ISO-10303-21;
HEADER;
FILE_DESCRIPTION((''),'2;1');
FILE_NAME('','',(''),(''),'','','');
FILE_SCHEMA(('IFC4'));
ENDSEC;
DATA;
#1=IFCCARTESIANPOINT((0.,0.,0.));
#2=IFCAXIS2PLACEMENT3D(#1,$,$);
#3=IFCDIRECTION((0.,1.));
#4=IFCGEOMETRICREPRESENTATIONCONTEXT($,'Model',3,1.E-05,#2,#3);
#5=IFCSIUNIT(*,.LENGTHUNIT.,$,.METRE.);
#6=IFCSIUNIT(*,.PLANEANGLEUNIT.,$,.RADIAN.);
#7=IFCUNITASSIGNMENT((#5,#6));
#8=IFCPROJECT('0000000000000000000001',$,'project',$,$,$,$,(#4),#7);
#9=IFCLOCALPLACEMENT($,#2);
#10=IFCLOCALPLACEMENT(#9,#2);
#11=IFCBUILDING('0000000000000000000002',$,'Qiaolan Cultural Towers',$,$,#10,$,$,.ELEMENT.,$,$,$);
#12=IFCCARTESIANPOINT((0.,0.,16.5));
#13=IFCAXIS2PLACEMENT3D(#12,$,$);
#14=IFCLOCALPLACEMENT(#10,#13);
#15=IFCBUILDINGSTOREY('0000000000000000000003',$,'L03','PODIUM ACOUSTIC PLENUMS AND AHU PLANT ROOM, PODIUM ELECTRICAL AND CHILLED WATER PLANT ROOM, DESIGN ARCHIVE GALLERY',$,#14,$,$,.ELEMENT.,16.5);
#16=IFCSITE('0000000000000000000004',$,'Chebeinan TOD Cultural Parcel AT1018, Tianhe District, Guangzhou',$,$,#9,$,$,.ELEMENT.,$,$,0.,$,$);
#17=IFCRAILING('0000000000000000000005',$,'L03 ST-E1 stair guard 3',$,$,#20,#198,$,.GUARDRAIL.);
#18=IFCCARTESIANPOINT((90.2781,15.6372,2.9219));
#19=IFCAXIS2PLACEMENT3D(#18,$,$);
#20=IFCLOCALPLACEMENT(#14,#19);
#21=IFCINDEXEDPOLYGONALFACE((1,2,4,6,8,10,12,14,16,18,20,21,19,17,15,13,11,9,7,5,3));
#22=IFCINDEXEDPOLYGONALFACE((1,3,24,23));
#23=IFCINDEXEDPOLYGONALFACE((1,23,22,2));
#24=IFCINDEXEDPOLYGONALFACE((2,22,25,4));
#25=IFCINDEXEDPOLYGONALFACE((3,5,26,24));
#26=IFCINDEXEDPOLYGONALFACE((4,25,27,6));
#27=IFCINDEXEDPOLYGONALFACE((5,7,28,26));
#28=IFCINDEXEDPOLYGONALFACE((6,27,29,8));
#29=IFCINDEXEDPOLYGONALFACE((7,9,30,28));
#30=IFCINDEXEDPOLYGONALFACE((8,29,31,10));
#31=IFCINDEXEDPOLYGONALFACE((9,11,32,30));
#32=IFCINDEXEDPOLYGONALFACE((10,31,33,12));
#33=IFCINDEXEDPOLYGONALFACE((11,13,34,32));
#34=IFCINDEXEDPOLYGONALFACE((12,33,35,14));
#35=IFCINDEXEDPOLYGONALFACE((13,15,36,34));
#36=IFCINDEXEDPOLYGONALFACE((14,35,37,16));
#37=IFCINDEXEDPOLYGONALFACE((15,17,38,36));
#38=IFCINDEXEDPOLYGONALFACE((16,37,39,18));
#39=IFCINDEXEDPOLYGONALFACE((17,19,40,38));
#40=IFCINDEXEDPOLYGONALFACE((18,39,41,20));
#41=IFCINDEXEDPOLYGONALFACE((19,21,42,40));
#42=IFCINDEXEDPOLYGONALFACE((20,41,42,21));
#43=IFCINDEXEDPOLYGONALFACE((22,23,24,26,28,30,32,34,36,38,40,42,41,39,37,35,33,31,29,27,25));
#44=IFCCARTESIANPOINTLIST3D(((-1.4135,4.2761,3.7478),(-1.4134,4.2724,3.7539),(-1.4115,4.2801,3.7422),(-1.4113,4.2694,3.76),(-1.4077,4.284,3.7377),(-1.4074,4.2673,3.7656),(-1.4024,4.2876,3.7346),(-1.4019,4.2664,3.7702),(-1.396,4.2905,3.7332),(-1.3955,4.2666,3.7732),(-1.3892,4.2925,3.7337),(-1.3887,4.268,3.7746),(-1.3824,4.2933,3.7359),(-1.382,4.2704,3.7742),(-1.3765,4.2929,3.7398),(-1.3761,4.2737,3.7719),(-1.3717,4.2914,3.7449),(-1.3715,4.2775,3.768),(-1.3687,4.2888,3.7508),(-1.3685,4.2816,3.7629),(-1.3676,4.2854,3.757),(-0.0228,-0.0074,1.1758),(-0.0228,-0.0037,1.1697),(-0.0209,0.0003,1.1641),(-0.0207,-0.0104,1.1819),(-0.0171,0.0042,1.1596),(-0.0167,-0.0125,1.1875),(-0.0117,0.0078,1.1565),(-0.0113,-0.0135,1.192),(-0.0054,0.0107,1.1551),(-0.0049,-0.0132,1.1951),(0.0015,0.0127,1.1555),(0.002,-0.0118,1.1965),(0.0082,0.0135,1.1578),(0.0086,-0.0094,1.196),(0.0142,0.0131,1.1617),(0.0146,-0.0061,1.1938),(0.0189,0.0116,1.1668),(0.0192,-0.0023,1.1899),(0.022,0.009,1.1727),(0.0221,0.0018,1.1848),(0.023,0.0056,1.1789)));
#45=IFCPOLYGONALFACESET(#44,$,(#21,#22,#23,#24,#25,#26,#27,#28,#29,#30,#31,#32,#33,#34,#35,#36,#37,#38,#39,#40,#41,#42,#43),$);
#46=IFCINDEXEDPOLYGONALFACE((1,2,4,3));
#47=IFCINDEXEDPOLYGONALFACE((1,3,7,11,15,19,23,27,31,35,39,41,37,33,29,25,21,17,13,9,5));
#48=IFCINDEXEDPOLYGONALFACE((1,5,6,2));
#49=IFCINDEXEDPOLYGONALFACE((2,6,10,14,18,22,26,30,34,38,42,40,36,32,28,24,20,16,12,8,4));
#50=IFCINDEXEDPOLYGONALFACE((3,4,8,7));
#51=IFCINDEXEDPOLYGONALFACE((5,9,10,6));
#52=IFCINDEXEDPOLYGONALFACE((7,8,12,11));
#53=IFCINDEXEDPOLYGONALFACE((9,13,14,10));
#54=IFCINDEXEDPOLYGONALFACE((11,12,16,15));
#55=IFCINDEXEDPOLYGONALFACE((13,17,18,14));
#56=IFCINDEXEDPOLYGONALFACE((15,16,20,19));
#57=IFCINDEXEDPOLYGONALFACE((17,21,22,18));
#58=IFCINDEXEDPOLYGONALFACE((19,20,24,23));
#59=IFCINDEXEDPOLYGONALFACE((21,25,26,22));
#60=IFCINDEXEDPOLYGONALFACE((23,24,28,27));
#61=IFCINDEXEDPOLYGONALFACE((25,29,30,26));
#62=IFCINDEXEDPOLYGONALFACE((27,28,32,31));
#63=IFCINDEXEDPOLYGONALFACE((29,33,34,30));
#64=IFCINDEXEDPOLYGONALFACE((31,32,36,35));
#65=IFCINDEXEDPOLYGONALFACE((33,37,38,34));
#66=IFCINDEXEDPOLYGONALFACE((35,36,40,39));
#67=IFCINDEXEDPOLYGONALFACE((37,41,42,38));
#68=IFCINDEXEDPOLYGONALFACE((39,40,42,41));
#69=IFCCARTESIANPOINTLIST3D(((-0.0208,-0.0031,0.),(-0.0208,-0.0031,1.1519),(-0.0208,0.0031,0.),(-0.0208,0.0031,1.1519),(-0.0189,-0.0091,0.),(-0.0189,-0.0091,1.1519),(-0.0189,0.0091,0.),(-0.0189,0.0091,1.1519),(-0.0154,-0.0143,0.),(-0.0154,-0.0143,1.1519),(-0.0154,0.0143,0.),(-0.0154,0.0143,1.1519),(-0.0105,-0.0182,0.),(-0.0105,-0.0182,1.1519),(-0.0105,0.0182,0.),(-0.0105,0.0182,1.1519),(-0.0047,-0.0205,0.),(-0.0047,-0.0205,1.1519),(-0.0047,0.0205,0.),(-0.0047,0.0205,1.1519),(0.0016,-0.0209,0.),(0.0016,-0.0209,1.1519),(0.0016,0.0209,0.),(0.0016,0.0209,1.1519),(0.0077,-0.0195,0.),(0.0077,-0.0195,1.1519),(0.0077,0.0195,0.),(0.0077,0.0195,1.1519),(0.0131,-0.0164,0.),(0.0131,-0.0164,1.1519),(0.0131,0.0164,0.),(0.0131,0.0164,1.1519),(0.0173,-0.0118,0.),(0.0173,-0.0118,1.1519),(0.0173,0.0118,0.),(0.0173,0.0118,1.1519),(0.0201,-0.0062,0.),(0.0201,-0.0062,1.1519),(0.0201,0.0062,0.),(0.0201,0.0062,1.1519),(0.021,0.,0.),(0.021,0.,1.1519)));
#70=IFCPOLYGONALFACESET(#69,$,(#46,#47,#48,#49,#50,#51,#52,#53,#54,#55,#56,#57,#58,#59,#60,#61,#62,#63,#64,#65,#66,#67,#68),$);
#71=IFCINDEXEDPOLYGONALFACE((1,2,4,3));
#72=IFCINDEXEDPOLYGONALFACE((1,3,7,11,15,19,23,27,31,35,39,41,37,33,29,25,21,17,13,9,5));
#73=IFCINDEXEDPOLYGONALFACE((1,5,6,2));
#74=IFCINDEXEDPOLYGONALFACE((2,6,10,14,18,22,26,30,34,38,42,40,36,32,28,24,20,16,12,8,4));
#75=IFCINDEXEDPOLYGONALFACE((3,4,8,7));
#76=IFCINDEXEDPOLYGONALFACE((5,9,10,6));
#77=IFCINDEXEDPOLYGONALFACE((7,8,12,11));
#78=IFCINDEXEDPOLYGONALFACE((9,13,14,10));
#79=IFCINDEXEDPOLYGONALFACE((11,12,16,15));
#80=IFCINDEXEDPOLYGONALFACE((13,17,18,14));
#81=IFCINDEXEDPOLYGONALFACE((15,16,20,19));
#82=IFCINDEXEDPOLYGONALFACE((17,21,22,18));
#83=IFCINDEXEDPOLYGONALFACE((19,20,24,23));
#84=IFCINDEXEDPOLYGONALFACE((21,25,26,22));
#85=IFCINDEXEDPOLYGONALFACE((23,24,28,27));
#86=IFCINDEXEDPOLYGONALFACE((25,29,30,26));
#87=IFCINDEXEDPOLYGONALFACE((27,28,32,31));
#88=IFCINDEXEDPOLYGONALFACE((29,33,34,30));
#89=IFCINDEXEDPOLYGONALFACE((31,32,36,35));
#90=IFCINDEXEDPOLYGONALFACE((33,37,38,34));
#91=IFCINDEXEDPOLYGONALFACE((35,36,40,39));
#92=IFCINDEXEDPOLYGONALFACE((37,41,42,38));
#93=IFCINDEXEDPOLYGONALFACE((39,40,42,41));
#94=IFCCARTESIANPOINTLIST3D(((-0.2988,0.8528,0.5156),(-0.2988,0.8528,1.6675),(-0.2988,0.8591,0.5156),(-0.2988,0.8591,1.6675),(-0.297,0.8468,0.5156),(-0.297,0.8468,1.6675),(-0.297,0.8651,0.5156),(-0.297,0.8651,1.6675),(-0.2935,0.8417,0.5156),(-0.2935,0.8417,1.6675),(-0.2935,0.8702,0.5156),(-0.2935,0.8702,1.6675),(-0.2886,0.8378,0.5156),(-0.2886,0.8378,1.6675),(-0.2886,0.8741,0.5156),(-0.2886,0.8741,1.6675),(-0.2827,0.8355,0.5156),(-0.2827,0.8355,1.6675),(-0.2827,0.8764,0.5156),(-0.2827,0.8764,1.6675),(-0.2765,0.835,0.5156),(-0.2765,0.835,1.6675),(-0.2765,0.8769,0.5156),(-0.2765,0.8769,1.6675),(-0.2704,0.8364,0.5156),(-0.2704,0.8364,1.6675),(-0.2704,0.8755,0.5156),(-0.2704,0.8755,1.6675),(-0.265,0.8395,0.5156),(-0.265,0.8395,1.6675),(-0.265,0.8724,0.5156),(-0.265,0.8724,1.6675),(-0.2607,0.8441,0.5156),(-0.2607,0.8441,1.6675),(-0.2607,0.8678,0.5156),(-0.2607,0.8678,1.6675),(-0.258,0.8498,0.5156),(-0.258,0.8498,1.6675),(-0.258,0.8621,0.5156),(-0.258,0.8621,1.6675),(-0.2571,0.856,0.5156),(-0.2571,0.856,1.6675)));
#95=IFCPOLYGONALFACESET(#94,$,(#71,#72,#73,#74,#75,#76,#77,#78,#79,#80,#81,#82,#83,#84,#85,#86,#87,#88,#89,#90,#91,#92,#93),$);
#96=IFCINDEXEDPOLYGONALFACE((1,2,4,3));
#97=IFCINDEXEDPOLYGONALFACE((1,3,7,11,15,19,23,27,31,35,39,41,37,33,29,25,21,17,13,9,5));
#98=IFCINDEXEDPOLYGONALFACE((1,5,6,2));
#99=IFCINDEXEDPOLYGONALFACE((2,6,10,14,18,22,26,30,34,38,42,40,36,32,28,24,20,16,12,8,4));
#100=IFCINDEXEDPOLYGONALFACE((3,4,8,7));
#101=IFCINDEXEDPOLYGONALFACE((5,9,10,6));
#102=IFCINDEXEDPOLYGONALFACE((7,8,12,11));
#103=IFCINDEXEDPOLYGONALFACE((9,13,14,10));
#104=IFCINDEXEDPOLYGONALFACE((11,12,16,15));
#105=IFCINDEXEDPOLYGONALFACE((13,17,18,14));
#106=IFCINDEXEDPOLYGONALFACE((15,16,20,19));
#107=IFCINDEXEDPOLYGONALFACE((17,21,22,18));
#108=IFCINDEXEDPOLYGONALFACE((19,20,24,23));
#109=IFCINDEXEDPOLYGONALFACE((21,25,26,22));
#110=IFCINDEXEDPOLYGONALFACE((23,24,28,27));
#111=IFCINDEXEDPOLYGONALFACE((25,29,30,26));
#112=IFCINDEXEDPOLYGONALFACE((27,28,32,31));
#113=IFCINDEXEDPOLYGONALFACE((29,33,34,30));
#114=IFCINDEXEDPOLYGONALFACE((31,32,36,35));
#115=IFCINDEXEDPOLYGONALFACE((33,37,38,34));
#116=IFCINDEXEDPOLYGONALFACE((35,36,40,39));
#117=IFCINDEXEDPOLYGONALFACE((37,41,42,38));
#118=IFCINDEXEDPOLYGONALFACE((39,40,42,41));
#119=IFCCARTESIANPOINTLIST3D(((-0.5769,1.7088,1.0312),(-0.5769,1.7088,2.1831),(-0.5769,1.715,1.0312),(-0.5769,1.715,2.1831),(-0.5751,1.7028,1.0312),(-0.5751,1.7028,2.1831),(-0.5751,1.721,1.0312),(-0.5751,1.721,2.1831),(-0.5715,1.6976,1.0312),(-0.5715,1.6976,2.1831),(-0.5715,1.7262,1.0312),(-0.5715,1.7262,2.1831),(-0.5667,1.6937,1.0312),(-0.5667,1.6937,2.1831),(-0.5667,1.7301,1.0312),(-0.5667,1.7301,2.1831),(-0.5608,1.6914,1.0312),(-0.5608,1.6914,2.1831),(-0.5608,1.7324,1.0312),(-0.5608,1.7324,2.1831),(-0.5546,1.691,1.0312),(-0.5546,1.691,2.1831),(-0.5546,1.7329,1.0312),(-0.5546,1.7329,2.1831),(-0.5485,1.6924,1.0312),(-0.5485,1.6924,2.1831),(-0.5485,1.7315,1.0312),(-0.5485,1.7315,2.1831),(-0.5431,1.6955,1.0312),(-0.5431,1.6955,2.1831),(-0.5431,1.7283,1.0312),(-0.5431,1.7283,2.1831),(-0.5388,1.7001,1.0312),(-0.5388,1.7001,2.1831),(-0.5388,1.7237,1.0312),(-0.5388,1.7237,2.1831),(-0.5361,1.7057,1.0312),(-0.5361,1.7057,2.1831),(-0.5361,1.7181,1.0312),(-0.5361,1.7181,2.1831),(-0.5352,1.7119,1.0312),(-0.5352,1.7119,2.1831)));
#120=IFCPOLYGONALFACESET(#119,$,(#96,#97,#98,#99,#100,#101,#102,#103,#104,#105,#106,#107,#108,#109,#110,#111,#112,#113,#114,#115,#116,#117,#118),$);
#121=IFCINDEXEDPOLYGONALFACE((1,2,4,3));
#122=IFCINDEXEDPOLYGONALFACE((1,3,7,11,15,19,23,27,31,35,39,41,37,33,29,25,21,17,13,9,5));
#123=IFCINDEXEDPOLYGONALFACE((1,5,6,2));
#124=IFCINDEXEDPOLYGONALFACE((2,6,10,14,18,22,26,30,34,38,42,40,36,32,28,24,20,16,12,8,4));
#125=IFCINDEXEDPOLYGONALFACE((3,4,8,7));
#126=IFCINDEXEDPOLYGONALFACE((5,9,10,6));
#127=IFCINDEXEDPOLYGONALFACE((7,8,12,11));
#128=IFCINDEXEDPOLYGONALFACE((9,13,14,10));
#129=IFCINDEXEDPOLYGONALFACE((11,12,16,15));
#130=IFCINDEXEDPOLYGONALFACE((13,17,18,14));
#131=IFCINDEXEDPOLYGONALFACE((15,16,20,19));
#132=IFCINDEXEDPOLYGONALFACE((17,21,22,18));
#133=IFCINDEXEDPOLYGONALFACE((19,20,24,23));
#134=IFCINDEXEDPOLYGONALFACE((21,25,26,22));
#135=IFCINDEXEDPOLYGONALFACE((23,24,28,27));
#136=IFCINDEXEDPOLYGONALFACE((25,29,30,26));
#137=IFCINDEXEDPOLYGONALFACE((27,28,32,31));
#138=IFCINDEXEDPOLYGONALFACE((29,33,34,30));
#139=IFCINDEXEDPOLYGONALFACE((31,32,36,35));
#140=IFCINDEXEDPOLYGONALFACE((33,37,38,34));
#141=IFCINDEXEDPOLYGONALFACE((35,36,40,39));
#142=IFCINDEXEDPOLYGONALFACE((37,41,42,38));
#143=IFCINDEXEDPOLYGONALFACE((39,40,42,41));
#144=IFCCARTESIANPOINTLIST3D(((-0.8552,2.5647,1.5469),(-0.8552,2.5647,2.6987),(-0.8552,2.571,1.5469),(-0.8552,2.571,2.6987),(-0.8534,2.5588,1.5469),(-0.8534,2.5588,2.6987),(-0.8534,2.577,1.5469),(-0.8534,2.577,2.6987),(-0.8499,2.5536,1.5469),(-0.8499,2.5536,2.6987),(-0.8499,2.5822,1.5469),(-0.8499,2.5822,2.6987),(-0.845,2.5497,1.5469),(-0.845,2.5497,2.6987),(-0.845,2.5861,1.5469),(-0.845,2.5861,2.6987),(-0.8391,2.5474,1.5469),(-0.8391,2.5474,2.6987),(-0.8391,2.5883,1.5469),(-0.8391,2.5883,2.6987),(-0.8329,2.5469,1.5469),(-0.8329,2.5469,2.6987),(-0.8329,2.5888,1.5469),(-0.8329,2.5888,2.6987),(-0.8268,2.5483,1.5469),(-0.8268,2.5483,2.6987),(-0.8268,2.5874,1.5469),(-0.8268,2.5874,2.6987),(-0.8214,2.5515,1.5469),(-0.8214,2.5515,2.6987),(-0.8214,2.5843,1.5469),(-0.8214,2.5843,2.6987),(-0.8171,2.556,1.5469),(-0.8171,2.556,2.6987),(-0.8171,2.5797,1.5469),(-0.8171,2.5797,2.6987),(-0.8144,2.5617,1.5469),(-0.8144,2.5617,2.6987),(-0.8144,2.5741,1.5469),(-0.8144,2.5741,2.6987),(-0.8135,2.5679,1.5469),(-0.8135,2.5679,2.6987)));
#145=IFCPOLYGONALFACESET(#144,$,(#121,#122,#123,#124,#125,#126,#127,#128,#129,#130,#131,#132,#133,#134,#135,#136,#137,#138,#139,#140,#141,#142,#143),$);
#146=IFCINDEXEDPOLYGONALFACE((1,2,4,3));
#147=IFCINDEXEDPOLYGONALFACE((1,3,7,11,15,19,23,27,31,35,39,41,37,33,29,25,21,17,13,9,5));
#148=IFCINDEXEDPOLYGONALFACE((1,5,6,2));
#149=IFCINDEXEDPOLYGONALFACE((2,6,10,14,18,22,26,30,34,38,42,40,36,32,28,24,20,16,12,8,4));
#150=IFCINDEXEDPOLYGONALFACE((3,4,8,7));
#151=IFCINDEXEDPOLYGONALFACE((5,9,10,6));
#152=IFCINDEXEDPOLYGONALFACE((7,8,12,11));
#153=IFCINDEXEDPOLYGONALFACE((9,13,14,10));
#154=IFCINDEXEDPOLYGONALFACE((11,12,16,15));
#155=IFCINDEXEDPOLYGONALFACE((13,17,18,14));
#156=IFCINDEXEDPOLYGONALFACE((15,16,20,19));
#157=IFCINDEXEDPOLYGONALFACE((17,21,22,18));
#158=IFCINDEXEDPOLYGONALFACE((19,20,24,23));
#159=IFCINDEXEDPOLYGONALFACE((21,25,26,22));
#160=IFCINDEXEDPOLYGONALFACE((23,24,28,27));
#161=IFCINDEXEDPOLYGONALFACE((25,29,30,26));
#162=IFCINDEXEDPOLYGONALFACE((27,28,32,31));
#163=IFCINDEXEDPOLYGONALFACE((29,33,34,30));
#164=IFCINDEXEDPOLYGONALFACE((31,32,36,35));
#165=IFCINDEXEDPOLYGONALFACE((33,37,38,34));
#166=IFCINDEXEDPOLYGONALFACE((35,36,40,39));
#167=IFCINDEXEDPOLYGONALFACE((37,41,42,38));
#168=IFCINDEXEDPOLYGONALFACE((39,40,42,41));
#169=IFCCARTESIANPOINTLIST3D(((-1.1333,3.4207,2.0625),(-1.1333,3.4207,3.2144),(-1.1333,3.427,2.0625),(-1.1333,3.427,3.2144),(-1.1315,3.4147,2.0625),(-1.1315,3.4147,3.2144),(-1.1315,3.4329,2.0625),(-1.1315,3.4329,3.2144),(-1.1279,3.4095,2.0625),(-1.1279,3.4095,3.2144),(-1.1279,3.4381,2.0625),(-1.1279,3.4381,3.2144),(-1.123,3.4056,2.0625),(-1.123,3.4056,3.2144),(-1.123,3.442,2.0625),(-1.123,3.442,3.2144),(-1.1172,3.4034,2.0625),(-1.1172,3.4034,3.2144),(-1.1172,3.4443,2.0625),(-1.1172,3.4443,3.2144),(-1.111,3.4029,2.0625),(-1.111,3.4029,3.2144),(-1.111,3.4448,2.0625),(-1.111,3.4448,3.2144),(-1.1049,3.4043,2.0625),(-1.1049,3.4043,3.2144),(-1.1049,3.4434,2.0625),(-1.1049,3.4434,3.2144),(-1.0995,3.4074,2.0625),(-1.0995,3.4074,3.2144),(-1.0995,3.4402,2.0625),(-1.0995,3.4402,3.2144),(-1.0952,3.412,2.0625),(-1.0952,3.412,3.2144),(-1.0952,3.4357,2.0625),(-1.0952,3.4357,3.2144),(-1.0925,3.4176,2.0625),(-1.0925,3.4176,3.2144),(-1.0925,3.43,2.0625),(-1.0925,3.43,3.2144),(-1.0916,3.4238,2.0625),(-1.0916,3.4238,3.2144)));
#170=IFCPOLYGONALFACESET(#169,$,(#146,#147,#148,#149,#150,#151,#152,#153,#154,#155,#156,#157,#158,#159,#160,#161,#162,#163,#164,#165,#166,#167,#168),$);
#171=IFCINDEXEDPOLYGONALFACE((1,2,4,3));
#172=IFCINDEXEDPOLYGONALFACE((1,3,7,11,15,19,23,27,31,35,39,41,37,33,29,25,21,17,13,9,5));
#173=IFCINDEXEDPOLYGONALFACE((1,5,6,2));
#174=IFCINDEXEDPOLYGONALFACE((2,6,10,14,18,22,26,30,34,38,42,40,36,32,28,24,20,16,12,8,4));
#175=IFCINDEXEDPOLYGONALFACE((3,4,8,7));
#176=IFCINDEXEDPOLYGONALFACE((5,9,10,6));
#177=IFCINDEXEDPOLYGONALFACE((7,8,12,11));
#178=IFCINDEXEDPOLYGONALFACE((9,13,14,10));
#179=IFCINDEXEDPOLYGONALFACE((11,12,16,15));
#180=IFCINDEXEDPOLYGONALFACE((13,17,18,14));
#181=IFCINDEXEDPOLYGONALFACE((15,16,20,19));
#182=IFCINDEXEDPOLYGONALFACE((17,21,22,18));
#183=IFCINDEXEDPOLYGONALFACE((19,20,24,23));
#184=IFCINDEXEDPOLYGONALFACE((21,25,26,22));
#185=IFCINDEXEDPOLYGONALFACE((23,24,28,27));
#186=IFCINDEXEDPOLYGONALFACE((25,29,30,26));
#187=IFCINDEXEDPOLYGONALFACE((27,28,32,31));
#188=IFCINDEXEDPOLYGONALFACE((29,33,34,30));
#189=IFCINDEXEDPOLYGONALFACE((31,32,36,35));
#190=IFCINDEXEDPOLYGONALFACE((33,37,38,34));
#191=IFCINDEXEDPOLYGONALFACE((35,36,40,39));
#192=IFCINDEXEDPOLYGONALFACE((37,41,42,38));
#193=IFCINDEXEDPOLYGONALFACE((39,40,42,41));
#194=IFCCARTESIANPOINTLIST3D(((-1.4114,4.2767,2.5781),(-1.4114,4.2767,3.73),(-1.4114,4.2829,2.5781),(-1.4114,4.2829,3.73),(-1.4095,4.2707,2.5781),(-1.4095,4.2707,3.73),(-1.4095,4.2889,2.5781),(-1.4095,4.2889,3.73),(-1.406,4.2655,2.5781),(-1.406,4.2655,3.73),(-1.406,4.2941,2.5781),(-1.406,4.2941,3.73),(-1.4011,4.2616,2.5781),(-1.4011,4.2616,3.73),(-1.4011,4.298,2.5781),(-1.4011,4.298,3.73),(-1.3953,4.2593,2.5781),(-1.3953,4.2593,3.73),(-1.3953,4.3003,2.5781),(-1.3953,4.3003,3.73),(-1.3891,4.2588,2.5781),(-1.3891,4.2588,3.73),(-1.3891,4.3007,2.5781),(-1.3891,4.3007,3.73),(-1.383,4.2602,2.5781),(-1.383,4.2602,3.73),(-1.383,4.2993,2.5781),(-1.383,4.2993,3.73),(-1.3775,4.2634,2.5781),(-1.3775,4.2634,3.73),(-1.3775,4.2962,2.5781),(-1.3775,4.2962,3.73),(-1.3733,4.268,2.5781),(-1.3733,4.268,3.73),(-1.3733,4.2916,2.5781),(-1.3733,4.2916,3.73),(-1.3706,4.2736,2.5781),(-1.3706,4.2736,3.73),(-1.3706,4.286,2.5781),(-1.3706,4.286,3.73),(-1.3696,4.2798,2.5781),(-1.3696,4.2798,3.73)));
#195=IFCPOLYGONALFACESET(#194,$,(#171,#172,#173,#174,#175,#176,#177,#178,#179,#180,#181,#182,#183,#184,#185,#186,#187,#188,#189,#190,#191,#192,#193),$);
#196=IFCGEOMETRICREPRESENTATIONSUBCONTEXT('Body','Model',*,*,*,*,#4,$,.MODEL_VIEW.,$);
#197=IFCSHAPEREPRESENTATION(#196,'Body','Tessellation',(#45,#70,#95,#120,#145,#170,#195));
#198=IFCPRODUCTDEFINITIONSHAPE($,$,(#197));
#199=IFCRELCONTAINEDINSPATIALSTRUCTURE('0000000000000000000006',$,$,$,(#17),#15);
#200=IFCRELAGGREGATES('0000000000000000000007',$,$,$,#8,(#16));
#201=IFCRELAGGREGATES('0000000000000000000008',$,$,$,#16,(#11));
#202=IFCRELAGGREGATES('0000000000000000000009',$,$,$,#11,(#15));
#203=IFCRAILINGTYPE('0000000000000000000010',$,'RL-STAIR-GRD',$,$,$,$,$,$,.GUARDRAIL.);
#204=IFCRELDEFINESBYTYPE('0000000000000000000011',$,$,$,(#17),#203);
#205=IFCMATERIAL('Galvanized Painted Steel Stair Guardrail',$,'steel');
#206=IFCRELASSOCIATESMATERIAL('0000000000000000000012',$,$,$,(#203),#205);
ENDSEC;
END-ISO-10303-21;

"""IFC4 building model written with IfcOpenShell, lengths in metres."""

from ifc_helpers import new_model, si_unit, direction, frame, origin, origin_2d, place, context, subcontext, project, spatial, circle, extrude, material, type_object, element, save


model = new_model("IFC4")

# Units and contexts
model_context = context("Model", 3, precision=1e-05, world=origin(), true_north=direction((0.0, 1.0)))
body_context = subcontext(model_context, "Body", "Model", "MODEL_VIEW")
ifc_project = project(units=[si_unit("LENGTHUNIT", "METRE"), si_unit("PLANEANGLEUNIT", "RADIAN")], contexts=[model_context])

# Site, building, storey
site_placement = place(None, origin())
site = spatial("IfcSite", under=ifc_project, at=site_placement, Name="Chebeinan TOD Cultural Parcel AT1018, Tianhe District, Guangzhou", CompositionType="ELEMENT", RefElevation=0.0)
building_placement = place(site_placement, origin())
building = spatial("IfcBuilding", under=site, at=building_placement, Name="Qiaolan Cultural Towers", CompositionType="ELEMENT")
storey_placement = place(building_placement, frame((0.0, 0.0, 16.5)))
storey = spatial("IfcBuildingStorey", under=building, at=storey_placement, Name="L03", Description="PODIUM ACOUSTIC PLENUMS AND AHU PLANT ROOM, PODIUM ELECTRICAL AND CHILLED WATER PLANT ROOM, DESIGN ARCHIVE GALLERY", CompositionType="ELEMENT", Elevation=16.5)

# Railing
ifc_material_1 = material(Name="Galvanized Painted Steel Stair Guardrail", Category="steel")
railing_type_1 = type_object("IfcRailingType", Name="RL-STAIR-GRD", PredefinedType="GUARDRAIL", material=ifc_material_1)
railing_1_placement = place(storey_placement, frame((90.2781, 15.6372, 2.9219)))
element("IfcRailing", 1, at=railing_1_placement, inside=storey, type_object=railing_type_1, Name="L03 ST-E1 stair guard 3", PredefinedType="GUARDRAIL", context=body_context, shape_type="SweptSolid", body=[
    extrude(circle(Radius=0.0239, at=origin_2d()), frame((0.0, 0.0, 1.1758), z_axis=(-0.268137, 0.825219, 0.497108), x_axis=(-0.951054, -0.309025, 0.0)), (0.0, 0.0, 1.0), 5.1863),
    extrude(circle(Radius=0.021, at=origin_2d()), origin(), (0.0, 0.0, 1.0), 1.1519),
    extrude(circle(Radius=0.021, at=origin_2d()), frame((-0.2781, 0.856, 0.5156)), (0.0, 0.0, 1.0), 1.1519),
    extrude(circle(Radius=0.021, at=origin_2d()), frame((-0.5562, 1.7119, 1.0312)), (0.0, 0.0, 1.0), 1.1519),
    extrude(circle(Radius=0.021, at=origin_2d()), frame((-0.8345, 2.5679, 1.5469)), (0.0, 0.0, 1.0), 1.1519),
    extrude(circle(Radius=0.021, at=origin_2d()), frame((-1.1125, 3.4238, 2.0625)), (0.0, 0.0, 1.0), 1.1519),
    extrude(circle(Radius=0.021, at=origin_2d()), frame((-1.3906, 4.2798, 2.5781)), (0.0, 0.0, 1.0), 1.1519),
])

save(model, "model.ifc")
